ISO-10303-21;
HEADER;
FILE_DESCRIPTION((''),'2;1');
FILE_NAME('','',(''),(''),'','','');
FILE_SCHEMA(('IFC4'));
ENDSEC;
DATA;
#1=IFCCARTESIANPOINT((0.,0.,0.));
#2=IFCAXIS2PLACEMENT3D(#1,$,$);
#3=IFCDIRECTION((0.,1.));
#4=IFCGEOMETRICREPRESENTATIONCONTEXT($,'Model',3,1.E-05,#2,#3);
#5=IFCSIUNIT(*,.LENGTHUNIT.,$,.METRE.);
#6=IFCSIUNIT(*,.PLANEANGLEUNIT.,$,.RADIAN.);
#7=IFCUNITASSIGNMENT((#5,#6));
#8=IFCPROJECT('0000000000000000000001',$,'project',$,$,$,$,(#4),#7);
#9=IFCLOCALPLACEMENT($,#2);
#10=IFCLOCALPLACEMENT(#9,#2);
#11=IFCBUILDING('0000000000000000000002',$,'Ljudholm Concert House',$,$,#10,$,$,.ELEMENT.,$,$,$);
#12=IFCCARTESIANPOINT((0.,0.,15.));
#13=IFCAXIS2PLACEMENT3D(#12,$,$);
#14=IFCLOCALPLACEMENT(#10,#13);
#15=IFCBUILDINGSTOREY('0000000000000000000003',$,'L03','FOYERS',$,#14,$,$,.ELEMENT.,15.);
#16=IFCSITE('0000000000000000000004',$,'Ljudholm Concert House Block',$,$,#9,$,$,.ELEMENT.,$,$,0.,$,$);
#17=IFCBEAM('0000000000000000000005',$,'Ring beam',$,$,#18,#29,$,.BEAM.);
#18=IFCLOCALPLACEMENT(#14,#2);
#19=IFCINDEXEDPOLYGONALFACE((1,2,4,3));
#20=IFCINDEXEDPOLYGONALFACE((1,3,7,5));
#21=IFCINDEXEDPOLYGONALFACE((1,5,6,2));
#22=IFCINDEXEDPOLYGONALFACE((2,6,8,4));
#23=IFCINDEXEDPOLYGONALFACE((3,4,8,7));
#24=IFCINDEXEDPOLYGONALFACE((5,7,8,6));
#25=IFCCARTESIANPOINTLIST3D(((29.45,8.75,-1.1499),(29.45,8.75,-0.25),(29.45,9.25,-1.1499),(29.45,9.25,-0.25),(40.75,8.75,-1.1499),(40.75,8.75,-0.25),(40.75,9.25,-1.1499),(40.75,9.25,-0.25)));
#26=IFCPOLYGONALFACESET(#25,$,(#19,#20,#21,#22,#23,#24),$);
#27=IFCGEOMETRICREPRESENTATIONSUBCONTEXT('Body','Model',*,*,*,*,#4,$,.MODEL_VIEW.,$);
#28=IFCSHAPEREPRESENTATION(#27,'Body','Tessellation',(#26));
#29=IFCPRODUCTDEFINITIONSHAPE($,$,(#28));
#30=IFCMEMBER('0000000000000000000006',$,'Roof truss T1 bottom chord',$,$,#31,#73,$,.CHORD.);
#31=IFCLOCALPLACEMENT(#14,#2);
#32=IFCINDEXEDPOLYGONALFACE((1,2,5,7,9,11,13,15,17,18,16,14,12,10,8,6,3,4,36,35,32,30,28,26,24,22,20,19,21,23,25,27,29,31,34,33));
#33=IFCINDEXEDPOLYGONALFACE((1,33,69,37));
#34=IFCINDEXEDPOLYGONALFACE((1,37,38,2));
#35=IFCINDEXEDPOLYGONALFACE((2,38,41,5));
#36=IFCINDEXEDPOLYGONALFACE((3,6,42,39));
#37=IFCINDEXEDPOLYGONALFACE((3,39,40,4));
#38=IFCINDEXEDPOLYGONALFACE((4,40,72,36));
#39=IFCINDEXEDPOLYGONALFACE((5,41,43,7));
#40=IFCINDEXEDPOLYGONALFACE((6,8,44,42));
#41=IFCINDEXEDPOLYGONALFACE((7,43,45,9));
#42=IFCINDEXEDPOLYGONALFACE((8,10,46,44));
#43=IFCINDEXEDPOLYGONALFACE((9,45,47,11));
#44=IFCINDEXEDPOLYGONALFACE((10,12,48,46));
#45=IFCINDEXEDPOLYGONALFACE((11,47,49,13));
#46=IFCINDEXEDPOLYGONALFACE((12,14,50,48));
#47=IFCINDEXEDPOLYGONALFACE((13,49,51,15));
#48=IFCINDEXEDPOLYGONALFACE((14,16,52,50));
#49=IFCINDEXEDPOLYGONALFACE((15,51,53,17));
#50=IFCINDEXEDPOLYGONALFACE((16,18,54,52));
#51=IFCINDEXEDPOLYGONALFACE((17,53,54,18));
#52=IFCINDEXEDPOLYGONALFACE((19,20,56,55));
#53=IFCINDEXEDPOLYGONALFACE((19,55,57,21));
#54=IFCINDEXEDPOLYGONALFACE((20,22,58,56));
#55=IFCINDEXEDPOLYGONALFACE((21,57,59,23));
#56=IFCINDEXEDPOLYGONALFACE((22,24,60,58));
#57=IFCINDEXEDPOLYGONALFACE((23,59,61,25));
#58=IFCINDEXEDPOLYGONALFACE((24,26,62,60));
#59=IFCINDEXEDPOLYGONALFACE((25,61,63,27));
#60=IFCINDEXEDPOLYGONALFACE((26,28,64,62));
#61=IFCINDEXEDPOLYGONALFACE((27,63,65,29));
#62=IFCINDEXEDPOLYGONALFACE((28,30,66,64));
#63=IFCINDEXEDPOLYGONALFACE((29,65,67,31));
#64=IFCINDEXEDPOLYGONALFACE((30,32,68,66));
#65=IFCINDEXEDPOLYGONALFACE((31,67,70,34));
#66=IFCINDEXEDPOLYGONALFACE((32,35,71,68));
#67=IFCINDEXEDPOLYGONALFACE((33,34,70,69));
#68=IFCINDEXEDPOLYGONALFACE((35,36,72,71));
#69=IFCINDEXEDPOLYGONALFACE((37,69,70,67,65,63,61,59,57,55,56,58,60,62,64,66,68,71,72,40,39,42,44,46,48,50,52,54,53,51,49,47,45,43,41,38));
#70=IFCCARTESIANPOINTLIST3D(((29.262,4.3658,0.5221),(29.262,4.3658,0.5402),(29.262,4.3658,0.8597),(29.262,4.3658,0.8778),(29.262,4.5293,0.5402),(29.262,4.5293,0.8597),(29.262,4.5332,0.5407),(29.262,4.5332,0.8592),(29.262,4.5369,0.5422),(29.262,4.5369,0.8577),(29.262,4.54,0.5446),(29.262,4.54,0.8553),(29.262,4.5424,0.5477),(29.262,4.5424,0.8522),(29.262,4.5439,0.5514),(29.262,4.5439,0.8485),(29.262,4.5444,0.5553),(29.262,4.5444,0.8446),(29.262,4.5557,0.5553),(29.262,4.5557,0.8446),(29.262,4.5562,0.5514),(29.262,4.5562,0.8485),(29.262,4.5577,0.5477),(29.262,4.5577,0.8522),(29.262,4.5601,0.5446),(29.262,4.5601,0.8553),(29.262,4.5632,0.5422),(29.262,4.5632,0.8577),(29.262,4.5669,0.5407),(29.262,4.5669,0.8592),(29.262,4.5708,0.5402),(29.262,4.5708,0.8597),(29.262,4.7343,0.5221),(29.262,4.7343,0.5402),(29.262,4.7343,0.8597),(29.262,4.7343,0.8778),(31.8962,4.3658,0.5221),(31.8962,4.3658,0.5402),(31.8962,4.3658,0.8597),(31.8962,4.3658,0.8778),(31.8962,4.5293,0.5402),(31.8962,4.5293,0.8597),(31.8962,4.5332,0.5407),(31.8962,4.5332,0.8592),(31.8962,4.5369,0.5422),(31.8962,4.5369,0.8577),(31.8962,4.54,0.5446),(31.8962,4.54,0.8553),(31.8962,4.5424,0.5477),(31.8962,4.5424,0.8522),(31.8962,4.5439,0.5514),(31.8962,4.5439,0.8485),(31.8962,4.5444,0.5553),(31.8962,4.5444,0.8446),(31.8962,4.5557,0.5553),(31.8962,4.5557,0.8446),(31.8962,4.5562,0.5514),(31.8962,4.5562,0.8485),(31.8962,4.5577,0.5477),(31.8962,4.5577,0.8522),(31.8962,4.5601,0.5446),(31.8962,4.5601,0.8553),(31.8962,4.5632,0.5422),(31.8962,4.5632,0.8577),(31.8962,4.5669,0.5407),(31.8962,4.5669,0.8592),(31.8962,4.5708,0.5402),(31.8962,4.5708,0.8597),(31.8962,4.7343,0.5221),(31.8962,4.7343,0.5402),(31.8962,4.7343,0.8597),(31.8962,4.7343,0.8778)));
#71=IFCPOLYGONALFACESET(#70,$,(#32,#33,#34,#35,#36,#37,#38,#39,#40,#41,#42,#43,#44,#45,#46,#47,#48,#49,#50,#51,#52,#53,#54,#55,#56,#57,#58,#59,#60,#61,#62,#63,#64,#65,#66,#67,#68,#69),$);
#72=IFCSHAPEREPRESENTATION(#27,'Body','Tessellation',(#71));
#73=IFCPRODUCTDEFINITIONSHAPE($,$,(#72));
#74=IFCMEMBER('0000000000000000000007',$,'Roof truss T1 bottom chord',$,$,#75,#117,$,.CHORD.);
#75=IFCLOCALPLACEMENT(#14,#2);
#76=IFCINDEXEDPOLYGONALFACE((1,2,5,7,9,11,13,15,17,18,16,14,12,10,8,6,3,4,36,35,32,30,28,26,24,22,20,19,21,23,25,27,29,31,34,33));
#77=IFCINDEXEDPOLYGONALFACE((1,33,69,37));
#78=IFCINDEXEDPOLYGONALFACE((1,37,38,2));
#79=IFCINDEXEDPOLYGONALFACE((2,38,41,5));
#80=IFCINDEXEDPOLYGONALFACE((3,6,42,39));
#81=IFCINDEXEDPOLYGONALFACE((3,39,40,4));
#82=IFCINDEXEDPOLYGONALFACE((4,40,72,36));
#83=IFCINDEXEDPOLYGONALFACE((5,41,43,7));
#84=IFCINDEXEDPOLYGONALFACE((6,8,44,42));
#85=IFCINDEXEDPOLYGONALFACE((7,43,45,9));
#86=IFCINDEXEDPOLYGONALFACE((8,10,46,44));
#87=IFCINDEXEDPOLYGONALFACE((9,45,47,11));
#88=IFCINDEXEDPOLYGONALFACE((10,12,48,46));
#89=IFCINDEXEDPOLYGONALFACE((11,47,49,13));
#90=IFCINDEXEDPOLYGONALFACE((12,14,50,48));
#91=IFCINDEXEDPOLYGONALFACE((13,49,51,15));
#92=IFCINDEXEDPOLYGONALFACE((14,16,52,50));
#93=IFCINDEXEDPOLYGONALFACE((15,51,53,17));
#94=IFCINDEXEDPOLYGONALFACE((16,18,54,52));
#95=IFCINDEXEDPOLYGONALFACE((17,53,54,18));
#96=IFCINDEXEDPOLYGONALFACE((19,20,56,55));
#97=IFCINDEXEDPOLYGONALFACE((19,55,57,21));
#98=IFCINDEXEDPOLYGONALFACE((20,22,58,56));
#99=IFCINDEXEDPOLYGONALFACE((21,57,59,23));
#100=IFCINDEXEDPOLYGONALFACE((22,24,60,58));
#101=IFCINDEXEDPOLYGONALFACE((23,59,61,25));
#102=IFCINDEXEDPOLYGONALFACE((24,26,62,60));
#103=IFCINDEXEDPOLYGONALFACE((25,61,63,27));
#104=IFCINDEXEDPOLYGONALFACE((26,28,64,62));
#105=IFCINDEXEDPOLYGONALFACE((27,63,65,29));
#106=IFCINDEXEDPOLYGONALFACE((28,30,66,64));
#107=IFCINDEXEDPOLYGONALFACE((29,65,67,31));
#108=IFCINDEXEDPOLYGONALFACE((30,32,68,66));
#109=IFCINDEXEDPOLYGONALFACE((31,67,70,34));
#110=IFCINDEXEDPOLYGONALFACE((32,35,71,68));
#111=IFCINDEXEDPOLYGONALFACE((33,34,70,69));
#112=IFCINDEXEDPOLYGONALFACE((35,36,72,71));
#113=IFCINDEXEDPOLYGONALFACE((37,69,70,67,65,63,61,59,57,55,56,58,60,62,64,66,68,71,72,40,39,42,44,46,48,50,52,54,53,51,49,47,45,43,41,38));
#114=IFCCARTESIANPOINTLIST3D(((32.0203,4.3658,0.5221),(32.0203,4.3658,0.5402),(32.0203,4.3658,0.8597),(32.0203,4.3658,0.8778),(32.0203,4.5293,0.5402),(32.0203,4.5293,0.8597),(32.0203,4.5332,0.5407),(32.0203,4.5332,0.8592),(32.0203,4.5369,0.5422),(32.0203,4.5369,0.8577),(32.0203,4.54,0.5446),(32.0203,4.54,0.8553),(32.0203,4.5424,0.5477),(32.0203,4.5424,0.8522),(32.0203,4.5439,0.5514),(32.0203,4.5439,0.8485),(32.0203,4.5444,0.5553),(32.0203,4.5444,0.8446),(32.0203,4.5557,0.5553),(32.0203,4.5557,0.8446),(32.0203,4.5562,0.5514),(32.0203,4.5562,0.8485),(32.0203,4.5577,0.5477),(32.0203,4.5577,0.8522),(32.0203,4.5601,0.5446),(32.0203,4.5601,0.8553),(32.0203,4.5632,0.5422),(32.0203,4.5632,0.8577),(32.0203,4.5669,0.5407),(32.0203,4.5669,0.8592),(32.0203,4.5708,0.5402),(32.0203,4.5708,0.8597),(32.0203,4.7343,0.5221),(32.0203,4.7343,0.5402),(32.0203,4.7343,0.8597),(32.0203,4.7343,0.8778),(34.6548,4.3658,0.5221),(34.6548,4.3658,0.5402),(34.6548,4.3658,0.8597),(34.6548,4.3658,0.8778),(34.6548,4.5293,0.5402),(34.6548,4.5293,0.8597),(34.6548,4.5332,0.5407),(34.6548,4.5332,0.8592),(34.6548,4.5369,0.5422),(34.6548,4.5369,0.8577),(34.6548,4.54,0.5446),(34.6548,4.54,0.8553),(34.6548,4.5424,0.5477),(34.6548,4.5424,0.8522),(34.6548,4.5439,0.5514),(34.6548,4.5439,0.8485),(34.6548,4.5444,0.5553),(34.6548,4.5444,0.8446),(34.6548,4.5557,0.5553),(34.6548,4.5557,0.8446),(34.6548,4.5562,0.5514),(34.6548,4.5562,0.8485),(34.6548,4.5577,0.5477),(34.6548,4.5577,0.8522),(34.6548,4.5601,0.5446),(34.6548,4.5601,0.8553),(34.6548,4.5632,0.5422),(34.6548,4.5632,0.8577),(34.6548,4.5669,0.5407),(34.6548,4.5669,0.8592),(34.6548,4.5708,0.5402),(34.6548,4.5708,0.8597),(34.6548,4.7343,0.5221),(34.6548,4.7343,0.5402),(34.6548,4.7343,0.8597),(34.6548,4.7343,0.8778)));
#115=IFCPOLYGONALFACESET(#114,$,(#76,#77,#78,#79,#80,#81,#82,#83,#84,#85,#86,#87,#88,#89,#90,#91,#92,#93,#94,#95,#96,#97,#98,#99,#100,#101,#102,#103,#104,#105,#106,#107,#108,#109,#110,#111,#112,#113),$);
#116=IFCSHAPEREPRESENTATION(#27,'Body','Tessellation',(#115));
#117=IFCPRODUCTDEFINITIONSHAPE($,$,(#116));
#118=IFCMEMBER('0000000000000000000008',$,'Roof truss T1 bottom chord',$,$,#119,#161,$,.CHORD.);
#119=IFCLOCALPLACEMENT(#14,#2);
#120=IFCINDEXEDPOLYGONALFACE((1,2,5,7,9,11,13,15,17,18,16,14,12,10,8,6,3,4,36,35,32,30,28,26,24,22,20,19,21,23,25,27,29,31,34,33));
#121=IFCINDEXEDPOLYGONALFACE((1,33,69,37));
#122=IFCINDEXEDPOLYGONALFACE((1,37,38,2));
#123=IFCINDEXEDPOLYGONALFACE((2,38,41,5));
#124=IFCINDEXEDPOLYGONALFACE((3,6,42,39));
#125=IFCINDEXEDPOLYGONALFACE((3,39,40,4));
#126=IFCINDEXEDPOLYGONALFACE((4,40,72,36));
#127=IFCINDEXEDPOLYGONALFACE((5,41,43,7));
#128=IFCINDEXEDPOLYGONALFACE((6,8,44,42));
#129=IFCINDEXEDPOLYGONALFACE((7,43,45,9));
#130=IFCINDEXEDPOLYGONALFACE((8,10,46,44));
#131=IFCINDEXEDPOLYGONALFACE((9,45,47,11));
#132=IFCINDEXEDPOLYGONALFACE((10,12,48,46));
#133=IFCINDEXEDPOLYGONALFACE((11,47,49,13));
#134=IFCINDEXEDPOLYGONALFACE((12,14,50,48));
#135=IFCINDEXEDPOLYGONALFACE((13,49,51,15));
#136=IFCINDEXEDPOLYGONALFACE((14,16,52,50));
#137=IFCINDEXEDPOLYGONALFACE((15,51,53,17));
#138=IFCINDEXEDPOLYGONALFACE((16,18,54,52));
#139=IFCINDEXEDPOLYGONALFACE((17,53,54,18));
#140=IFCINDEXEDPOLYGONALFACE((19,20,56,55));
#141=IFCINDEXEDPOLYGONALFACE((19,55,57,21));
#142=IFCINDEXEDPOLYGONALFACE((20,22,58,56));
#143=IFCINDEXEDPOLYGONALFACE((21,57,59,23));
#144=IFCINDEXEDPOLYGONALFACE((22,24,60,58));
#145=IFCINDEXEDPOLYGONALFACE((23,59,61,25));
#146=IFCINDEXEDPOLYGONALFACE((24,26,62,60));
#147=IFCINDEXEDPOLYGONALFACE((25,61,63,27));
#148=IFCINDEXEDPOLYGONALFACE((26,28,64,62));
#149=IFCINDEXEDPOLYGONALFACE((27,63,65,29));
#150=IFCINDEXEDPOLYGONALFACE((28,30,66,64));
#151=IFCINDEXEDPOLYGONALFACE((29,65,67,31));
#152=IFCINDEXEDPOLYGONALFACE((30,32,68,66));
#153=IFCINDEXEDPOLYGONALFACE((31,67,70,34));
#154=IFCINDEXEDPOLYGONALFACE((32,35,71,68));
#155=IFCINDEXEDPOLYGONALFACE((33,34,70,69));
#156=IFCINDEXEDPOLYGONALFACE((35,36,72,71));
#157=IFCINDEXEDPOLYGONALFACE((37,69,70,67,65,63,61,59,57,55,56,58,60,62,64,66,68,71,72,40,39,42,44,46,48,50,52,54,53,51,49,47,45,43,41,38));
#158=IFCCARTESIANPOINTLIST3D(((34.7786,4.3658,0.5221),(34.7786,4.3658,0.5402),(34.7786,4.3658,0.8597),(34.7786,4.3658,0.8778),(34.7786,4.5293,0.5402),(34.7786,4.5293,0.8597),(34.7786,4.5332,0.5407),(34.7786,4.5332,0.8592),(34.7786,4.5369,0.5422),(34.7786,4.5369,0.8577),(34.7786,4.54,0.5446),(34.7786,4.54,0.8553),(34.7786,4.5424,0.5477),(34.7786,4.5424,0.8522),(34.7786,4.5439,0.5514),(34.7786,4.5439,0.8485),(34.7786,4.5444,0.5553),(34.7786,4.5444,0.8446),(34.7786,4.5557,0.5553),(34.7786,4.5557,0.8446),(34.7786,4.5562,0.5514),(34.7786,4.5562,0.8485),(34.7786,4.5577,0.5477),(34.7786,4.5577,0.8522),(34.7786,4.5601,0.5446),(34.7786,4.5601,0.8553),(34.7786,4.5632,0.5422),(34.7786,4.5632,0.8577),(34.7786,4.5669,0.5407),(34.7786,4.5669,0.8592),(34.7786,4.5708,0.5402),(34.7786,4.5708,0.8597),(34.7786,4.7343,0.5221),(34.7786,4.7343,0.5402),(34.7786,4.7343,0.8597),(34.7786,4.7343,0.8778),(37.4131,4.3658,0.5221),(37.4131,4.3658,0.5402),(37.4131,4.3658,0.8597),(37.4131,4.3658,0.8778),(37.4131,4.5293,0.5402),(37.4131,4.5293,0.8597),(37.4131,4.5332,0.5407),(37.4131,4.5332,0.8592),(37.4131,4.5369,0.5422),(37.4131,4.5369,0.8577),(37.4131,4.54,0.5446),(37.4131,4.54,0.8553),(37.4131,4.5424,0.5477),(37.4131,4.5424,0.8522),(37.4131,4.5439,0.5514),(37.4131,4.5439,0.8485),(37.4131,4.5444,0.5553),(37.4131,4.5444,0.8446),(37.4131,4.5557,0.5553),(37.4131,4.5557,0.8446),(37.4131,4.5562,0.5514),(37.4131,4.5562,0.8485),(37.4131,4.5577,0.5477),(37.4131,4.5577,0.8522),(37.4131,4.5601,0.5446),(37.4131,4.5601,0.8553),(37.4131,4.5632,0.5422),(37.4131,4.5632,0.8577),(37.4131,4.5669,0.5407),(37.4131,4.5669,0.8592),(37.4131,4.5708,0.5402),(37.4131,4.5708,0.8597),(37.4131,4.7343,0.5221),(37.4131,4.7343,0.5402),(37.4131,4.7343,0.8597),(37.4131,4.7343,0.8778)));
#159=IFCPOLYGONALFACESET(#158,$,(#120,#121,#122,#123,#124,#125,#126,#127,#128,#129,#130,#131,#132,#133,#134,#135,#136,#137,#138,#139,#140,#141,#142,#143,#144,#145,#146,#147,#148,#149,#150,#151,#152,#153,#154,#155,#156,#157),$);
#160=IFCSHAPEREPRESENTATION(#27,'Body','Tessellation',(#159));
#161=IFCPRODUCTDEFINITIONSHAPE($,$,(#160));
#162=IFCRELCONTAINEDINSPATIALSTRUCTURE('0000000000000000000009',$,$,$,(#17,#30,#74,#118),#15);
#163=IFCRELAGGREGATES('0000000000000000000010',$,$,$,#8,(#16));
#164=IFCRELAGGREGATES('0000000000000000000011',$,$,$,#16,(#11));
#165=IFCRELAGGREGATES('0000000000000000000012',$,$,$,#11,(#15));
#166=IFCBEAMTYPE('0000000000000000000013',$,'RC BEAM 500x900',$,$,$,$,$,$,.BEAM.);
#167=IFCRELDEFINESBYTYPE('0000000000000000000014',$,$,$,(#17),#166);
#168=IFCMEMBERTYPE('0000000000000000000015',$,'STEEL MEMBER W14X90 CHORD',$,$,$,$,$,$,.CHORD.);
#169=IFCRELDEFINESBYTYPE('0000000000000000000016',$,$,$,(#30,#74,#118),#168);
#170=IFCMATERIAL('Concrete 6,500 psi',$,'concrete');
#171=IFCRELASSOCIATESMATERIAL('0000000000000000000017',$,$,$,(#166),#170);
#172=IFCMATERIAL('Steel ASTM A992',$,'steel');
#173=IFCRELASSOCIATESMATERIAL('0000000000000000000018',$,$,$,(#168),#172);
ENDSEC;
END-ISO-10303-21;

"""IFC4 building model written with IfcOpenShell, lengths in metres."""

from ifc_helpers import new_model, si_unit, direction, frame, origin, origin_2d, place, context, subcontext, project, spatial, rectangle, i_section, extrude, material, material_profile, profile_set, type_object, element, save


model = new_model("IFC4")

# Units and contexts
model_context = context("Model", 3, precision=1e-05, world=origin(), true_north=direction((0.0, 1.0)))
body_context = subcontext(model_context, "Body", "Model", "MODEL_VIEW")
ifc_project = project(units=[si_unit("LENGTHUNIT", "METRE"), si_unit("PLANEANGLEUNIT", "RADIAN")], contexts=[model_context])

# Site, building, storey
site_placement = place(None, origin())
site = spatial("IfcSite", under=ifc_project, at=site_placement, Name="Ljudholm Concert House Block", CompositionType="ELEMENT", RefElevation=0.0)
building_placement = place(site_placement, origin())
building = spatial("IfcBuilding", under=site, at=building_placement, Name="Ljudholm Concert House", CompositionType="ELEMENT")
storey_placement = place(building_placement, frame((0.0, 0.0, 15.0)))
storey = spatial("IfcBuildingStorey", under=building, at=storey_placement, Name="L03", Description="FOYERS", CompositionType="ELEMENT", Elevation=15.0)

# Beam
ifc_material_1 = material(Name="Concrete 6,500 psi", Category="concrete")
ifc_material_profile_1 = material_profile(ifc_material_1, rectangle(XDim=0.5, YDim=0.8999, at=origin_2d()), Name="RC BEAM 500x900")
ifc_profile_set_1 = profile_set([ifc_material_profile_1], Name="Concrete 6,500 psi")
beam_type = type_object("IfcBeamType", Name="RC BEAM 500x900", PredefinedType="BEAM", material=ifc_profile_set_1)
beam_placement = place(storey_placement, frame((29.45, 9.0, -0.7), z_axis=(1.0, 0.0, 0.0), x_axis=(0.0, 1.0, 0.0)))
element("IfcBeam", 1, at=beam_placement, inside=storey, type_object=beam_type, Name="Ring beam", PredefinedType="BEAM", context=body_context, shape_type="SweptSolid", body=[
    extrude(rectangle(XDim=0.5, YDim=0.8999, at=origin_2d()), origin(), (0.0, 0.0, 1.0), 11.3),
])

# Members
ifc_material_2 = material(Name="Steel ASTM A992", Category="steel")
ifc_material_profile_2 = material_profile(ifc_material_2, i_section(OverallWidth=0.3684, OverallDepth=0.3557, WebThickness=0.0112, FlangeThickness=0.0181, FilletRadius=0.0151, at=origin_2d()), Name="W14X90")
ifc_profile_set_2 = profile_set([ifc_material_profile_2], Name="Steel ASTM A992")
member_type = type_object("IfcMemberType", Name="STEEL MEMBER W14X90 CHORD", PredefinedType="CHORD", material=ifc_profile_set_2)
member_1_placement = place(storey_placement, frame((29.262, 4.55, 0.7), z_axis=(1.0, 0.0, 0.0), x_axis=(0.0, 1.0, 0.0)))
element("IfcMember", 2, at=member_1_placement, inside=storey, type_object=member_type, Name="Roof truss T1 bottom chord", PredefinedType="CHORD", context=body_context, shape_type="SweptSolid", body=[
    extrude(i_section(OverallWidth=0.3684, OverallDepth=0.3557, WebThickness=0.0112, FlangeThickness=0.0181, FilletRadius=0.0151, at=origin_2d()), origin(), (0.0, 0.0, 1.0), 2.6343),
])
for number, where, z_axis, x_axis, name in (
    (3, (32.0203, 4.55, 0.7), (1.0, 0.0, 0.0), (0.0, 1.0, 0.0), "Roof truss T1 bottom chord"),
    (4, (34.7786, 4.55, 0.7), (1.0, 0.0, 0.0), (0.0, 1.0, 0.0), "Roof truss T1 bottom chord"),
):
    element("IfcMember", number, at=place(storey_placement, frame(where, z_axis=z_axis, x_axis=x_axis)), inside=storey, type_object=member_type, Name=name, PredefinedType="CHORD", context=body_context, shape_type="SweptSolid", body=[
        extrude(i_section(OverallWidth=0.3684, OverallDepth=0.3557, WebThickness=0.0112, FlangeThickness=0.0181, FilletRadius=0.0151, at=origin_2d()), origin(), (0.0, 0.0, 1.0), 2.6345),
    ])

save(model, "model.ifc")
